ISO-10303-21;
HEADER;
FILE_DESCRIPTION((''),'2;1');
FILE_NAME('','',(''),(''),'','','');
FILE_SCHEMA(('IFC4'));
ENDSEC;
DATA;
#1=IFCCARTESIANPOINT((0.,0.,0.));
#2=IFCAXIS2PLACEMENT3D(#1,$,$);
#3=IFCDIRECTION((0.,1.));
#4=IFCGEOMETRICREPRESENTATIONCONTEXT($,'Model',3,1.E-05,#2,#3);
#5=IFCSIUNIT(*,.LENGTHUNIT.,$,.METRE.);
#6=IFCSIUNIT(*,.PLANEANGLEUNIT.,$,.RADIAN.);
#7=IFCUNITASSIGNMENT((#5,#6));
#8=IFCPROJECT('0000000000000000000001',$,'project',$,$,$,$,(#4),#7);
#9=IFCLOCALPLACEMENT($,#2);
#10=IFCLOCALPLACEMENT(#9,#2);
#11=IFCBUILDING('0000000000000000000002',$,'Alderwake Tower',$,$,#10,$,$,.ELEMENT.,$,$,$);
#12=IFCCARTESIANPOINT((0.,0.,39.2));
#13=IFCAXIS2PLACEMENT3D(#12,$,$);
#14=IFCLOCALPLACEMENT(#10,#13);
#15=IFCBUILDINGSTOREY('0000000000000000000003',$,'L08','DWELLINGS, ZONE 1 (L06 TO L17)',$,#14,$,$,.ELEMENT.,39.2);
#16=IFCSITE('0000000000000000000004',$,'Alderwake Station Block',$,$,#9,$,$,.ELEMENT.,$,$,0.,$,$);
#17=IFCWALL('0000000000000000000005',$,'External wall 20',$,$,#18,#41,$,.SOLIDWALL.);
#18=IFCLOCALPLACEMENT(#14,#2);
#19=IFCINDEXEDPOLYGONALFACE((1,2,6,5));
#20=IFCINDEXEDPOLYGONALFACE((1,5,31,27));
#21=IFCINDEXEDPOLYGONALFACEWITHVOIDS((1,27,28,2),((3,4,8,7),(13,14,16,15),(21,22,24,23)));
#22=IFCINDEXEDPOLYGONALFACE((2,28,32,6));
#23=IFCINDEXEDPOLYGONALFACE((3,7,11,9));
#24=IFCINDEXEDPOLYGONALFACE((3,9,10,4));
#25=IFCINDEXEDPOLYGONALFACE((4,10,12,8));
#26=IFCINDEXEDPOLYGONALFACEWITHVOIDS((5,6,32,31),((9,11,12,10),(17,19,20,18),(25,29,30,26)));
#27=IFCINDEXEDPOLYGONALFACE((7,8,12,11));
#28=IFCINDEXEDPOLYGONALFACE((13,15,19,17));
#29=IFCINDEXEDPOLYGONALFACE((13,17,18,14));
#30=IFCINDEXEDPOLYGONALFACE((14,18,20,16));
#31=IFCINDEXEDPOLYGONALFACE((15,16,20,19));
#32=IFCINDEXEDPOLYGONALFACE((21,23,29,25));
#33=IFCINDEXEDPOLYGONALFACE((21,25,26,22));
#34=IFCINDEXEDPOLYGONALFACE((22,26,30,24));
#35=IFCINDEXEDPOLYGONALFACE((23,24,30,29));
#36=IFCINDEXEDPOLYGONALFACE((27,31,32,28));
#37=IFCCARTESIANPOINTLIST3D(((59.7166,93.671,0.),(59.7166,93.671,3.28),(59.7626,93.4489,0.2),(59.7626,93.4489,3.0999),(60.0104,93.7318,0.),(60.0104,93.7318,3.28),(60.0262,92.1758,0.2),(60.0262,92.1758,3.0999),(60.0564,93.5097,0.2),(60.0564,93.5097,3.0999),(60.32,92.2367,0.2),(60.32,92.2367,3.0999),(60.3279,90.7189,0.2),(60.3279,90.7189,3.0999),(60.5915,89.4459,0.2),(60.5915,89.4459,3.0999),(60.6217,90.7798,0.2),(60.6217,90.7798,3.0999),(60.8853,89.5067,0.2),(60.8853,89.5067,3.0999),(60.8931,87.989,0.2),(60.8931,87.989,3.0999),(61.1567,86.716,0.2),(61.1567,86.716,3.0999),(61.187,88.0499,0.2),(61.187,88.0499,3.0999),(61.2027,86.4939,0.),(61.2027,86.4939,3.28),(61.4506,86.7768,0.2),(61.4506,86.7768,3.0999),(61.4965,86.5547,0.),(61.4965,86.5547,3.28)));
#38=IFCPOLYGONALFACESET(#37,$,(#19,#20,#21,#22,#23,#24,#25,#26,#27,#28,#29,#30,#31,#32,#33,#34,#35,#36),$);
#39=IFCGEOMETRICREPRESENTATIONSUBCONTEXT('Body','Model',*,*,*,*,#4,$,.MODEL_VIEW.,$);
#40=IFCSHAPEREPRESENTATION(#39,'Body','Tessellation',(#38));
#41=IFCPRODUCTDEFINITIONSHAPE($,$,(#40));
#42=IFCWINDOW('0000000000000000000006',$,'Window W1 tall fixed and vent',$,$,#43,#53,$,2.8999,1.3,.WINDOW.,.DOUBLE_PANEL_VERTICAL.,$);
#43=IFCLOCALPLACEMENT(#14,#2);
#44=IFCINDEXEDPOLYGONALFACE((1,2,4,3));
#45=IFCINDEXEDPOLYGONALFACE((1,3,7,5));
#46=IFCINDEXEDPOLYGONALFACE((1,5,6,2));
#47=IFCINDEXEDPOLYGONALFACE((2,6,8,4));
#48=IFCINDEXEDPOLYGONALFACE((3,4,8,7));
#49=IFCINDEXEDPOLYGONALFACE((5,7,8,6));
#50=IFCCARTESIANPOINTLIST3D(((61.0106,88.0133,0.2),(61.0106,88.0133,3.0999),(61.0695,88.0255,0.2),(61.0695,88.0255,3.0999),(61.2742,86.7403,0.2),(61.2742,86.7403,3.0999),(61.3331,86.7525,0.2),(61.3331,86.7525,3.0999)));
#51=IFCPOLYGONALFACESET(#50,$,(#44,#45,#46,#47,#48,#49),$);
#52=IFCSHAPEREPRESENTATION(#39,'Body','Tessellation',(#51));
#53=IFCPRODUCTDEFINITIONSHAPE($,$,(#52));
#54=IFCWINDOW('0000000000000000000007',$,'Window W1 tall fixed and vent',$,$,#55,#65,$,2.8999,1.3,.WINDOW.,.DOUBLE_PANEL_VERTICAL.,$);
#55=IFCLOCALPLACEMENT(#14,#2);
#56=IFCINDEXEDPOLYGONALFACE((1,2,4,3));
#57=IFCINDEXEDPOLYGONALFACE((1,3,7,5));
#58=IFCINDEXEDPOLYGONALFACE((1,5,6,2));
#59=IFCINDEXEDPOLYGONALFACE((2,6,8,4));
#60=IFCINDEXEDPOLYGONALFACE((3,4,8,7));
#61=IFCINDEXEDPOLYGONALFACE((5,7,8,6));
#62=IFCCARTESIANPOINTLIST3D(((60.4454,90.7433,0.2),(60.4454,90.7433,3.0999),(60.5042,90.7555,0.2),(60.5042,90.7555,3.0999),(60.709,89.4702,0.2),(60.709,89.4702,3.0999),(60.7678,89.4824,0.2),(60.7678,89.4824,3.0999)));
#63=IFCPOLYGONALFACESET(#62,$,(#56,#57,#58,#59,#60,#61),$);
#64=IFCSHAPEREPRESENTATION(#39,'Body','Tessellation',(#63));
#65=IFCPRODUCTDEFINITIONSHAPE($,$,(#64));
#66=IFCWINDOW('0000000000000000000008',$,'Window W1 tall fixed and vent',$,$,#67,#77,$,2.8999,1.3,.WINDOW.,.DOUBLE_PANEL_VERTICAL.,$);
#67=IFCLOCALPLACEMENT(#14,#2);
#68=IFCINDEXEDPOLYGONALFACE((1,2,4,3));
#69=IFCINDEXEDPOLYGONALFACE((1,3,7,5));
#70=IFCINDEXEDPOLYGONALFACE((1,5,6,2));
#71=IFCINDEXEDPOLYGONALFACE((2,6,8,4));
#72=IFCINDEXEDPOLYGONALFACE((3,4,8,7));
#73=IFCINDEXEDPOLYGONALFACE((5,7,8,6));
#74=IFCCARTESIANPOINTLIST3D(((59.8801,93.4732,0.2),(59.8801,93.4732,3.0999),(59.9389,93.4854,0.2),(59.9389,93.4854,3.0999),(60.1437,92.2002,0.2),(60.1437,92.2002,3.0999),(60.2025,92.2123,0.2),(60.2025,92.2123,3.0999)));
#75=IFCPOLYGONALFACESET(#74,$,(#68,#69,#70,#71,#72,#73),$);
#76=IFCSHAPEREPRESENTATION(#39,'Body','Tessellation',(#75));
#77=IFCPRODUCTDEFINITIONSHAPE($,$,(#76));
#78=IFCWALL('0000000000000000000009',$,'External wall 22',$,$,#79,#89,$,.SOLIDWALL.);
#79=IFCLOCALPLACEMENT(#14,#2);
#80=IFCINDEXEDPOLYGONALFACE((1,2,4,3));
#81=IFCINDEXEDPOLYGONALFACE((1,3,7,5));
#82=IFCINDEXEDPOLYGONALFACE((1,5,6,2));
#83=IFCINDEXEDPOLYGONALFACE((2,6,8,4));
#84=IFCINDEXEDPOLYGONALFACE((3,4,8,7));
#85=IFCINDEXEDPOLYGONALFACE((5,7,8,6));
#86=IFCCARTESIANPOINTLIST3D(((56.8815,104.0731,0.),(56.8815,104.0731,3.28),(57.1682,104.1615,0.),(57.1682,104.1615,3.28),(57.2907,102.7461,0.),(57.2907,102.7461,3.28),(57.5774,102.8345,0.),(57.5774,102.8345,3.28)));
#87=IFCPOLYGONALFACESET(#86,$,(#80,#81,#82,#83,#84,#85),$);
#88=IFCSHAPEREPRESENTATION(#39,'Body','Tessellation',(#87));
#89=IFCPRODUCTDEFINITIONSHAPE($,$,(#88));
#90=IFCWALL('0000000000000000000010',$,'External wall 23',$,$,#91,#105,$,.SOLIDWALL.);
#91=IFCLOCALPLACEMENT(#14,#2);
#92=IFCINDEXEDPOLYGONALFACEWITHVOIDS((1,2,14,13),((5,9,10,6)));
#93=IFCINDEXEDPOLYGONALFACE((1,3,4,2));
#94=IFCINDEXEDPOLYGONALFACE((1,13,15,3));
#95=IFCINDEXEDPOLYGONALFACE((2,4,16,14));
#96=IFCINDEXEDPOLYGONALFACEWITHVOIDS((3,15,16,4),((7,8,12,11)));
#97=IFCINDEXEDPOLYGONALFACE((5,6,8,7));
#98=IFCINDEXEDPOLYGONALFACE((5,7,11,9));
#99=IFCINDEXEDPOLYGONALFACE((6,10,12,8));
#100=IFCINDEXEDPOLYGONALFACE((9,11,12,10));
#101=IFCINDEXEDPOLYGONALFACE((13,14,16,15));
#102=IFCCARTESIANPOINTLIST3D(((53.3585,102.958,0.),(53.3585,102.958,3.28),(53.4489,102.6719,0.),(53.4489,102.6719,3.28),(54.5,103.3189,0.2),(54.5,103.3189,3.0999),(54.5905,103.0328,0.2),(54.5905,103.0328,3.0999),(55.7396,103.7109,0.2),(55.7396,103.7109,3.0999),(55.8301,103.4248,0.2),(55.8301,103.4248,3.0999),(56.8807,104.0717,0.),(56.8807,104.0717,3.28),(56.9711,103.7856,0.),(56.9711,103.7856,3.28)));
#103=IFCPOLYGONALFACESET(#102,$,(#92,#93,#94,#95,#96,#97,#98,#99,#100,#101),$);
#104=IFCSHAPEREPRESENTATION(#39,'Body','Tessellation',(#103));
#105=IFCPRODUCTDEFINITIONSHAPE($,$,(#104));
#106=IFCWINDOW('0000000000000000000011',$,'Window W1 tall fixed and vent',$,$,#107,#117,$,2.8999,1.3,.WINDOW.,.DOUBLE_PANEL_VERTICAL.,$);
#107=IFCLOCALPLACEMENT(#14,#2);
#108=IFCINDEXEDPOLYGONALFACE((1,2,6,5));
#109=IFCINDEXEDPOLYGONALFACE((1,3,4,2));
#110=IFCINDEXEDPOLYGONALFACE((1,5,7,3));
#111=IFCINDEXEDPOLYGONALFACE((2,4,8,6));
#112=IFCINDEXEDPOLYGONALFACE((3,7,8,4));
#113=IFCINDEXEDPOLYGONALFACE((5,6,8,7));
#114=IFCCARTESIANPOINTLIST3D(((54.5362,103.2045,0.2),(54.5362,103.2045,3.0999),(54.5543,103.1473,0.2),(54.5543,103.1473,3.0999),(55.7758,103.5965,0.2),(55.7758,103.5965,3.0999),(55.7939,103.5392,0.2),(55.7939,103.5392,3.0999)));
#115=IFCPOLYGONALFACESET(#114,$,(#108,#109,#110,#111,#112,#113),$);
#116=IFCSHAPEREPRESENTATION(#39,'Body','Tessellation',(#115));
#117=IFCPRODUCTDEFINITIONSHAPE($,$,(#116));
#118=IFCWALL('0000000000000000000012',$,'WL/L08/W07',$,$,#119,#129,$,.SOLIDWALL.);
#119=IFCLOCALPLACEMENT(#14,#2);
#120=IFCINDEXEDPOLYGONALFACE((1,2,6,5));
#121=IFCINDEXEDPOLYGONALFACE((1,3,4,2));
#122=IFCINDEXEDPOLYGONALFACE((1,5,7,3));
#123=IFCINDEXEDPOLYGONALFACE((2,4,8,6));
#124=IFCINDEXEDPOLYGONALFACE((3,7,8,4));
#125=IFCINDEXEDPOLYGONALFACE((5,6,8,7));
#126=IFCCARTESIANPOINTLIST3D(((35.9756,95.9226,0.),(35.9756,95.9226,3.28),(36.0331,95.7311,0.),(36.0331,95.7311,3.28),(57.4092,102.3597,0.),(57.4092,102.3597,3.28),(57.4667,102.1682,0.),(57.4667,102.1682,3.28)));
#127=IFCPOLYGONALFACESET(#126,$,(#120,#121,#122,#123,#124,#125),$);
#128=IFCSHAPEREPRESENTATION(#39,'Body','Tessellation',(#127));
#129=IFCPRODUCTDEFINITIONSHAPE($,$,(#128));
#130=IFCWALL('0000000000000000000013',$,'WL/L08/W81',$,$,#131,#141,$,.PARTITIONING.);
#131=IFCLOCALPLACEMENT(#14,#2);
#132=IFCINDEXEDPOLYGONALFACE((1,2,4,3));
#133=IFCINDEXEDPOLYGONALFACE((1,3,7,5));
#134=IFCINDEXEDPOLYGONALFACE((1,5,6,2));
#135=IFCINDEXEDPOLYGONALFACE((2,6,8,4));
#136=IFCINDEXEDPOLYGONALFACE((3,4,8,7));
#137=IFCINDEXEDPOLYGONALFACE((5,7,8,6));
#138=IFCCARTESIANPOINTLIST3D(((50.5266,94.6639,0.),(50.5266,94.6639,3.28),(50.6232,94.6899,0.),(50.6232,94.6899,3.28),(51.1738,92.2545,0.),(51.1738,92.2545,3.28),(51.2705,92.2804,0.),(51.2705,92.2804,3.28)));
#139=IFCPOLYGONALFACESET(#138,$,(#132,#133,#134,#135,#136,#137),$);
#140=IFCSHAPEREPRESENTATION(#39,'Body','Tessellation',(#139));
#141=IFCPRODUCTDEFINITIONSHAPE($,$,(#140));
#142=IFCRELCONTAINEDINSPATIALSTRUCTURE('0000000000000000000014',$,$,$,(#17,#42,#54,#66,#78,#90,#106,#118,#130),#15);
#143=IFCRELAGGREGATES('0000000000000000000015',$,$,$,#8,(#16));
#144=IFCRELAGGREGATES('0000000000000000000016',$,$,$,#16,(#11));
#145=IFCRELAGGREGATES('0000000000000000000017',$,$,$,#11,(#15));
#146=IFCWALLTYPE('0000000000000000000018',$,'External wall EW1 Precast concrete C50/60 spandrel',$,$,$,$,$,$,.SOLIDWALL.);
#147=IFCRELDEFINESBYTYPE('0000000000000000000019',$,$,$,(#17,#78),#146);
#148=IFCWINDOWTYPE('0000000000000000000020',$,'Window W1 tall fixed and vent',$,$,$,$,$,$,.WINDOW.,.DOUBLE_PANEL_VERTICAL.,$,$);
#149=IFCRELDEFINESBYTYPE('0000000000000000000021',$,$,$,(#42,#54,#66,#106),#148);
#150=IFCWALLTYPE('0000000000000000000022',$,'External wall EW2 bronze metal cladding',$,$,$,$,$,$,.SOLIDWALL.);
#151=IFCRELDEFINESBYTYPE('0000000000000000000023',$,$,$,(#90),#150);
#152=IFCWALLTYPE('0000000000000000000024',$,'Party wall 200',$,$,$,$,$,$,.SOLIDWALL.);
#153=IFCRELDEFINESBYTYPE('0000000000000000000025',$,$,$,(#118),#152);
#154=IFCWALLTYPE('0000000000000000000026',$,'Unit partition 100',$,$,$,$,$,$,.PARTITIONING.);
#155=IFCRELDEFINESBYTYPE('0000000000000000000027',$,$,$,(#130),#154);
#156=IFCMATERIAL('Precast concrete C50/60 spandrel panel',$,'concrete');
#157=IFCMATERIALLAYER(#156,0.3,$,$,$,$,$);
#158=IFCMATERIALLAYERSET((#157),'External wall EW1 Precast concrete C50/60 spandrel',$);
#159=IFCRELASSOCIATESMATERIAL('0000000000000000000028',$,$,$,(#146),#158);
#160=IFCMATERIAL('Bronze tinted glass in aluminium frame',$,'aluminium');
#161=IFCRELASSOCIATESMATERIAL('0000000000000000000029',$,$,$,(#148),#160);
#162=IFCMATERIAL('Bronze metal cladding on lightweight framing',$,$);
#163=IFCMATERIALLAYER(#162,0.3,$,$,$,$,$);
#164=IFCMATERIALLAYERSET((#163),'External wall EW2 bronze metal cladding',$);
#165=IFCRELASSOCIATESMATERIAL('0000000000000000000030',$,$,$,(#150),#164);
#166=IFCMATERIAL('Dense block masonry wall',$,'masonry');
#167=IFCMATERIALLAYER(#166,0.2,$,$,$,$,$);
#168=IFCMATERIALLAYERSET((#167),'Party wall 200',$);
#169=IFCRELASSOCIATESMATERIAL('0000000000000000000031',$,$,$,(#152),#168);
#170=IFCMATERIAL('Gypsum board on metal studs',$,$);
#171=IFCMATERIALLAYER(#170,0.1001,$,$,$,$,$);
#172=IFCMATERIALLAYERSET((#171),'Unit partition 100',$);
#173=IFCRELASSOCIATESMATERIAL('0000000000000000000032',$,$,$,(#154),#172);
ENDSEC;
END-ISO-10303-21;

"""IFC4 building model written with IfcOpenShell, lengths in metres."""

from ifc_helpers import new_model, si_unit, direction, frame, frame_2d, origin, place, context, subcontext, project, spatial, rectangle, extrude, material, layer, layer_set, type_object, element, fill, save


model = new_model("IFC4")

# Units and contexts
model_context = context("Model", 3, precision=1e-05, world=origin(), true_north=direction((0.0, 1.0)))
body_context = subcontext(model_context, "Body", "Model", "MODEL_VIEW")
ifc_project = project(units=[si_unit("LENGTHUNIT", "METRE"), si_unit("PLANEANGLEUNIT", "RADIAN")], contexts=[model_context])

# Site, building, storey
site_placement = place(None, origin())
site = spatial("IfcSite", under=ifc_project, at=site_placement, Name="Alderwake Station Block", CompositionType="ELEMENT", RefElevation=0.0)
building_placement = place(site_placement, origin())
building = spatial("IfcBuilding", under=site, at=building_placement, Name="Alderwake Tower", CompositionType="ELEMENT")
storey_placement = place(building_placement, frame((0.0, 0.0, 39.2)))
storey = spatial("IfcBuildingStorey", under=building, at=storey_placement, Name="L08", Description="DWELLINGS, ZONE 1 (L06 TO L17)", CompositionType="ELEMENT", Elevation=39.2)

# Wall, openings, windows
ifc_material_1 = material(Name="Precast concrete C50/60 spandrel panel", Category="concrete")
ifc_layer_1 = layer(ifc_material_1, 0.3)
ifc_layer_set_1 = layer_set([ifc_layer_1], Name="External wall EW1 Precast concrete C50/60 spandrel")
wall_type_1 = type_object("IfcWallType", Name="External wall EW1 Precast concrete C50/60 spandrel", PredefinedType="SOLIDWALL", material=ifc_layer_set_1)
wall_1_placement = place(storey_placement, frame((61.3496, 86.5244, 0.0), z_axis=(0.0, 0.0, 1.0), x_axis=(-0.202761, 0.979228, 0.0)))
wall_1 = element("IfcWall", 1, at=wall_1_placement, inside=storey, type_object=wall_type_1, Name="External wall 20", PredefinedType="SOLIDWALL", context=body_context, shape_type="SweptSolid", body=[
    extrude(rectangle(XDim=7.3293, YDim=0.3, at=frame_2d((3.6646, 0.0))), origin(), (0.0, 0.0, 1.0), 3.28),
])
opening_1_placement = place(wall_1_placement, frame((0.2268, 0.0, 0.2)))
opening_1 = element("IfcOpeningElement", 2, at=opening_1_placement, cuts=wall_1, PredefinedType="OPENING", context=body_context, shape_type="SweptSolid", body=[
    extrude(rectangle(XDim=1.3, YDim=2.8999, at=frame_2d((0.6499, 1.45))), frame((0.0, 0.1599, 0.0), z_axis=(0.0, -1.0, 0.0), x_axis=(1.0, 0.0, 0.0)), (0.0, 0.0, 1.0), 0.3201),
])
opening_2_placement = place(wall_1_placement, frame((3.0146, 0.0, 0.2)))
opening_2 = element("IfcOpeningElement", 3, at=opening_2_placement, cuts=wall_1, PredefinedType="OPENING", context=body_context, shape_type="SweptSolid", body=[
    extrude(rectangle(XDim=1.3, YDim=2.8999, at=frame_2d((0.6499, 1.45))), frame((0.0, 0.1599, 0.0), z_axis=(0.0, -1.0, 0.0), x_axis=(1.0, 0.0, 0.0)), (0.0, 0.0, 1.0), 0.3201),
])
opening_3_placement = place(wall_1_placement, frame((5.8025, 0.0, 0.2)))
opening_3 = element("IfcOpeningElement", 4, at=opening_3_placement, cuts=wall_1, PredefinedType="OPENING", context=body_context, shape_type="SweptSolid", body=[
    extrude(rectangle(XDim=1.3, YDim=2.8999, at=frame_2d((0.6499, 1.45))), frame((0.0, 0.1599, 0.0), z_axis=(0.0, -1.0, 0.0), x_axis=(1.0, 0.0, 0.0)), (0.0, 0.0, 1.0), 0.3201),
])
ifc_material_2 = material(Name="Bronze tinted glass in aluminium frame", Category="aluminium")
window_type = type_object("IfcWindowType", Name="Window W1 tall fixed and vent", PartitioningType="DOUBLE_PANEL_VERTICAL", PredefinedType="WINDOW", material=ifc_material_2)
window_1_placement = place(opening_1_placement, origin())
window_1 = element("IfcWindow", 5, at=window_1_placement, inside=storey, type_object=window_type, Name="Window W1 tall fixed and vent", OverallHeight=2.8999, OverallWidth=1.3, PartitioningType="DOUBLE_PANEL_VERTICAL", PredefinedType="WINDOW", context=body_context, shape_type="SweptSolid", body=[
    extrude(rectangle(XDim=1.3, YDim=2.8999, at=frame_2d((0.6499, 1.45))), frame((0.0, 0.03, 0.0), z_axis=(0.0, -1.0, 0.0), x_axis=(1.0, 0.0, 0.0)), (0.0, 0.0, 1.0), 0.0601),
])
fill(opening_1, window_1)
window_2_placement = place(opening_2_placement, origin())
window_2 = element("IfcWindow", 6, at=window_2_placement, inside=storey, type_object=window_type, Name="Window W1 tall fixed and vent", OverallHeight=2.8999, OverallWidth=1.3, PartitioningType="DOUBLE_PANEL_VERTICAL", PredefinedType="WINDOW", context=body_context, shape_type="SweptSolid", body=[
    extrude(rectangle(XDim=1.3, YDim=2.8999, at=frame_2d((0.6499, 1.45))), frame((0.0, 0.03, 0.0), z_axis=(0.0, -1.0, 0.0), x_axis=(1.0, 0.0, 0.0)), (0.0, 0.0, 1.0), 0.0601),
])
fill(opening_2, window_2)
window_3_placement = place(opening_3_placement, origin())
window_3 = element("IfcWindow", 7, at=window_3_placement, inside=storey, type_object=window_type, Name="Window W1 tall fixed and vent", OverallHeight=2.8999, OverallWidth=1.3, PartitioningType="DOUBLE_PANEL_VERTICAL", PredefinedType="WINDOW", context=body_context, shape_type="SweptSolid", body=[
    extrude(rectangle(XDim=1.3, YDim=2.8999, at=frame_2d((0.6499, 1.45))), frame((0.0, 0.03, 0.0), z_axis=(0.0, -1.0, 0.0), x_axis=(1.0, 0.0, 0.0)), (0.0, 0.0, 1.0), 0.0601),
])
fill(opening_3, window_3)

# Wall
wall_2_placement = place(storey_placement, frame((57.4341, 102.7903, 0.0), z_axis=(0.0, 0.0, 1.0), x_axis=(-0.294679, 0.955596, 0.0)))
element("IfcWall", 8, at=wall_2_placement, inside=storey, type_object=wall_type_1, Name="External wall 22", PredefinedType="SOLIDWALL", context=body_context, shape_type="SweptSolid", body=[
    extrude(rectangle(XDim=1.3887, YDim=0.3, at=frame_2d((0.6943, 0.0))), origin(), (0.0, 0.0, 1.0), 3.28),
])

# Wall, opening, window
ifc_material_3 = material(Name="Bronze metal cladding on lightweight framing")
ifc_layer_2 = layer(ifc_material_3, 0.3)
ifc_layer_set_2 = layer_set([ifc_layer_2], Name="External wall EW2 bronze metal cladding")
wall_type_2 = type_object("IfcWallType", Name="External wall EW2 bronze metal cladding", PredefinedType="SOLIDWALL", material=ifc_layer_set_2)
wall_3_placement = place(storey_placement, frame((56.926, 103.9287, 0.0), z_axis=(0.0, 0.0, 1.0), x_axis=(-0.953467, -0.301498, 0.0)))
wall_3 = element("IfcWall", 9, at=wall_3_placement, inside=storey, type_object=wall_type_2, Name="External wall 23", PredefinedType="SOLIDWALL", context=body_context, shape_type="SweptSolid", body=[
    extrude(rectangle(XDim=3.6941, YDim=0.3, at=frame_2d((1.8472, 0.0))), origin(), (0.0, 0.0, 1.0), 3.28),
])
opening_4_placement = place(wall_3_placement, frame((1.197, 0.0, 0.2)))
opening_4 = element("IfcOpeningElement", 10, at=opening_4_placement, cuts=wall_3, PredefinedType="OPENING", context=body_context, shape_type="SweptSolid", body=[
    extrude(rectangle(XDim=1.3, YDim=2.8999, at=frame_2d((0.6499, 1.45))), frame((0.0, 0.1599, 0.0), z_axis=(0.0, -1.0, 0.0), x_axis=(1.0, 0.0, 0.0)), (0.0, 0.0, 1.0), 0.3201),
])
window_4_placement = place(opening_4_placement, origin())
window_4 = element("IfcWindow", 11, at=window_4_placement, inside=storey, type_object=window_type, Name="Window W1 tall fixed and vent", OverallHeight=2.8999, OverallWidth=1.3, PartitioningType="DOUBLE_PANEL_VERTICAL", PredefinedType="WINDOW", context=body_context, shape_type="SweptSolid", body=[
    extrude(rectangle(XDim=1.3, YDim=2.8999, at=frame_2d((0.6499, 1.45))), frame((0.0, 0.03, 0.0), z_axis=(0.0, -1.0, 0.0), x_axis=(1.0, 0.0, 0.0)), (0.0, 0.0, 1.0), 0.0601),
])
fill(opening_4, window_4)

# Walls
ifc_material_4 = material(Name="Dense block masonry wall", Category="masonry")
ifc_layer_3 = layer(ifc_material_4, 0.2)
ifc_layer_set_3 = layer_set([ifc_layer_3], Name="Party wall 200")
wall_type_3 = type_object("IfcWallType", Name="Party wall 200", PredefinedType="SOLIDWALL", material=ifc_layer_set_3)
wall_4_placement = place(storey_placement, frame((57.438, 102.2639, 0.0), z_axis=(0.0, 0.0, 1.0), x_axis=(-0.957741, -0.287632, 0.0)))
element("IfcWall", 12, at=wall_4_placement, inside=storey, type_object=wall_type_3, Name="WL/L08/W07", PredefinedType="SOLIDWALL", context=body_context, shape_type="SweptSolid", body=[
    extrude(rectangle(XDim=22.3794, YDim=0.2, at=frame_2d((11.1897, 0.0))), origin(), (0.0, 0.0, 1.0), 3.28),
])
ifc_material_5 = material(Name="Gypsum board on metal studs")
ifc_layer_4 = layer(ifc_material_5, 0.1001)
ifc_layer_set_4 = layer_set([ifc_layer_4], Name="Unit partition 100")
wall_type_4 = type_object("IfcWallType", Name="Unit partition 100", PredefinedType="PARTITIONING", material=ifc_layer_set_4)
wall_5_placement = place(storey_placement, frame((51.2222, 92.2673, 0.0), z_axis=(0.0, 0.0, 1.0), x_axis=(-0.259422, 0.965764, 0.0)))
element("IfcWall", 13, at=wall_5_placement, inside=storey, type_object=wall_type_4, Name="WL/L08/W81", PredefinedType="PARTITIONING", context=body_context, shape_type="SweptSolid", body=[
    extrude(rectangle(XDim=2.4949, YDim=0.1001, at=frame_2d((1.2476, 0.0))), origin(), (0.0, 0.0, 1.0), 3.28),
])

save(model, "model.ifc")
